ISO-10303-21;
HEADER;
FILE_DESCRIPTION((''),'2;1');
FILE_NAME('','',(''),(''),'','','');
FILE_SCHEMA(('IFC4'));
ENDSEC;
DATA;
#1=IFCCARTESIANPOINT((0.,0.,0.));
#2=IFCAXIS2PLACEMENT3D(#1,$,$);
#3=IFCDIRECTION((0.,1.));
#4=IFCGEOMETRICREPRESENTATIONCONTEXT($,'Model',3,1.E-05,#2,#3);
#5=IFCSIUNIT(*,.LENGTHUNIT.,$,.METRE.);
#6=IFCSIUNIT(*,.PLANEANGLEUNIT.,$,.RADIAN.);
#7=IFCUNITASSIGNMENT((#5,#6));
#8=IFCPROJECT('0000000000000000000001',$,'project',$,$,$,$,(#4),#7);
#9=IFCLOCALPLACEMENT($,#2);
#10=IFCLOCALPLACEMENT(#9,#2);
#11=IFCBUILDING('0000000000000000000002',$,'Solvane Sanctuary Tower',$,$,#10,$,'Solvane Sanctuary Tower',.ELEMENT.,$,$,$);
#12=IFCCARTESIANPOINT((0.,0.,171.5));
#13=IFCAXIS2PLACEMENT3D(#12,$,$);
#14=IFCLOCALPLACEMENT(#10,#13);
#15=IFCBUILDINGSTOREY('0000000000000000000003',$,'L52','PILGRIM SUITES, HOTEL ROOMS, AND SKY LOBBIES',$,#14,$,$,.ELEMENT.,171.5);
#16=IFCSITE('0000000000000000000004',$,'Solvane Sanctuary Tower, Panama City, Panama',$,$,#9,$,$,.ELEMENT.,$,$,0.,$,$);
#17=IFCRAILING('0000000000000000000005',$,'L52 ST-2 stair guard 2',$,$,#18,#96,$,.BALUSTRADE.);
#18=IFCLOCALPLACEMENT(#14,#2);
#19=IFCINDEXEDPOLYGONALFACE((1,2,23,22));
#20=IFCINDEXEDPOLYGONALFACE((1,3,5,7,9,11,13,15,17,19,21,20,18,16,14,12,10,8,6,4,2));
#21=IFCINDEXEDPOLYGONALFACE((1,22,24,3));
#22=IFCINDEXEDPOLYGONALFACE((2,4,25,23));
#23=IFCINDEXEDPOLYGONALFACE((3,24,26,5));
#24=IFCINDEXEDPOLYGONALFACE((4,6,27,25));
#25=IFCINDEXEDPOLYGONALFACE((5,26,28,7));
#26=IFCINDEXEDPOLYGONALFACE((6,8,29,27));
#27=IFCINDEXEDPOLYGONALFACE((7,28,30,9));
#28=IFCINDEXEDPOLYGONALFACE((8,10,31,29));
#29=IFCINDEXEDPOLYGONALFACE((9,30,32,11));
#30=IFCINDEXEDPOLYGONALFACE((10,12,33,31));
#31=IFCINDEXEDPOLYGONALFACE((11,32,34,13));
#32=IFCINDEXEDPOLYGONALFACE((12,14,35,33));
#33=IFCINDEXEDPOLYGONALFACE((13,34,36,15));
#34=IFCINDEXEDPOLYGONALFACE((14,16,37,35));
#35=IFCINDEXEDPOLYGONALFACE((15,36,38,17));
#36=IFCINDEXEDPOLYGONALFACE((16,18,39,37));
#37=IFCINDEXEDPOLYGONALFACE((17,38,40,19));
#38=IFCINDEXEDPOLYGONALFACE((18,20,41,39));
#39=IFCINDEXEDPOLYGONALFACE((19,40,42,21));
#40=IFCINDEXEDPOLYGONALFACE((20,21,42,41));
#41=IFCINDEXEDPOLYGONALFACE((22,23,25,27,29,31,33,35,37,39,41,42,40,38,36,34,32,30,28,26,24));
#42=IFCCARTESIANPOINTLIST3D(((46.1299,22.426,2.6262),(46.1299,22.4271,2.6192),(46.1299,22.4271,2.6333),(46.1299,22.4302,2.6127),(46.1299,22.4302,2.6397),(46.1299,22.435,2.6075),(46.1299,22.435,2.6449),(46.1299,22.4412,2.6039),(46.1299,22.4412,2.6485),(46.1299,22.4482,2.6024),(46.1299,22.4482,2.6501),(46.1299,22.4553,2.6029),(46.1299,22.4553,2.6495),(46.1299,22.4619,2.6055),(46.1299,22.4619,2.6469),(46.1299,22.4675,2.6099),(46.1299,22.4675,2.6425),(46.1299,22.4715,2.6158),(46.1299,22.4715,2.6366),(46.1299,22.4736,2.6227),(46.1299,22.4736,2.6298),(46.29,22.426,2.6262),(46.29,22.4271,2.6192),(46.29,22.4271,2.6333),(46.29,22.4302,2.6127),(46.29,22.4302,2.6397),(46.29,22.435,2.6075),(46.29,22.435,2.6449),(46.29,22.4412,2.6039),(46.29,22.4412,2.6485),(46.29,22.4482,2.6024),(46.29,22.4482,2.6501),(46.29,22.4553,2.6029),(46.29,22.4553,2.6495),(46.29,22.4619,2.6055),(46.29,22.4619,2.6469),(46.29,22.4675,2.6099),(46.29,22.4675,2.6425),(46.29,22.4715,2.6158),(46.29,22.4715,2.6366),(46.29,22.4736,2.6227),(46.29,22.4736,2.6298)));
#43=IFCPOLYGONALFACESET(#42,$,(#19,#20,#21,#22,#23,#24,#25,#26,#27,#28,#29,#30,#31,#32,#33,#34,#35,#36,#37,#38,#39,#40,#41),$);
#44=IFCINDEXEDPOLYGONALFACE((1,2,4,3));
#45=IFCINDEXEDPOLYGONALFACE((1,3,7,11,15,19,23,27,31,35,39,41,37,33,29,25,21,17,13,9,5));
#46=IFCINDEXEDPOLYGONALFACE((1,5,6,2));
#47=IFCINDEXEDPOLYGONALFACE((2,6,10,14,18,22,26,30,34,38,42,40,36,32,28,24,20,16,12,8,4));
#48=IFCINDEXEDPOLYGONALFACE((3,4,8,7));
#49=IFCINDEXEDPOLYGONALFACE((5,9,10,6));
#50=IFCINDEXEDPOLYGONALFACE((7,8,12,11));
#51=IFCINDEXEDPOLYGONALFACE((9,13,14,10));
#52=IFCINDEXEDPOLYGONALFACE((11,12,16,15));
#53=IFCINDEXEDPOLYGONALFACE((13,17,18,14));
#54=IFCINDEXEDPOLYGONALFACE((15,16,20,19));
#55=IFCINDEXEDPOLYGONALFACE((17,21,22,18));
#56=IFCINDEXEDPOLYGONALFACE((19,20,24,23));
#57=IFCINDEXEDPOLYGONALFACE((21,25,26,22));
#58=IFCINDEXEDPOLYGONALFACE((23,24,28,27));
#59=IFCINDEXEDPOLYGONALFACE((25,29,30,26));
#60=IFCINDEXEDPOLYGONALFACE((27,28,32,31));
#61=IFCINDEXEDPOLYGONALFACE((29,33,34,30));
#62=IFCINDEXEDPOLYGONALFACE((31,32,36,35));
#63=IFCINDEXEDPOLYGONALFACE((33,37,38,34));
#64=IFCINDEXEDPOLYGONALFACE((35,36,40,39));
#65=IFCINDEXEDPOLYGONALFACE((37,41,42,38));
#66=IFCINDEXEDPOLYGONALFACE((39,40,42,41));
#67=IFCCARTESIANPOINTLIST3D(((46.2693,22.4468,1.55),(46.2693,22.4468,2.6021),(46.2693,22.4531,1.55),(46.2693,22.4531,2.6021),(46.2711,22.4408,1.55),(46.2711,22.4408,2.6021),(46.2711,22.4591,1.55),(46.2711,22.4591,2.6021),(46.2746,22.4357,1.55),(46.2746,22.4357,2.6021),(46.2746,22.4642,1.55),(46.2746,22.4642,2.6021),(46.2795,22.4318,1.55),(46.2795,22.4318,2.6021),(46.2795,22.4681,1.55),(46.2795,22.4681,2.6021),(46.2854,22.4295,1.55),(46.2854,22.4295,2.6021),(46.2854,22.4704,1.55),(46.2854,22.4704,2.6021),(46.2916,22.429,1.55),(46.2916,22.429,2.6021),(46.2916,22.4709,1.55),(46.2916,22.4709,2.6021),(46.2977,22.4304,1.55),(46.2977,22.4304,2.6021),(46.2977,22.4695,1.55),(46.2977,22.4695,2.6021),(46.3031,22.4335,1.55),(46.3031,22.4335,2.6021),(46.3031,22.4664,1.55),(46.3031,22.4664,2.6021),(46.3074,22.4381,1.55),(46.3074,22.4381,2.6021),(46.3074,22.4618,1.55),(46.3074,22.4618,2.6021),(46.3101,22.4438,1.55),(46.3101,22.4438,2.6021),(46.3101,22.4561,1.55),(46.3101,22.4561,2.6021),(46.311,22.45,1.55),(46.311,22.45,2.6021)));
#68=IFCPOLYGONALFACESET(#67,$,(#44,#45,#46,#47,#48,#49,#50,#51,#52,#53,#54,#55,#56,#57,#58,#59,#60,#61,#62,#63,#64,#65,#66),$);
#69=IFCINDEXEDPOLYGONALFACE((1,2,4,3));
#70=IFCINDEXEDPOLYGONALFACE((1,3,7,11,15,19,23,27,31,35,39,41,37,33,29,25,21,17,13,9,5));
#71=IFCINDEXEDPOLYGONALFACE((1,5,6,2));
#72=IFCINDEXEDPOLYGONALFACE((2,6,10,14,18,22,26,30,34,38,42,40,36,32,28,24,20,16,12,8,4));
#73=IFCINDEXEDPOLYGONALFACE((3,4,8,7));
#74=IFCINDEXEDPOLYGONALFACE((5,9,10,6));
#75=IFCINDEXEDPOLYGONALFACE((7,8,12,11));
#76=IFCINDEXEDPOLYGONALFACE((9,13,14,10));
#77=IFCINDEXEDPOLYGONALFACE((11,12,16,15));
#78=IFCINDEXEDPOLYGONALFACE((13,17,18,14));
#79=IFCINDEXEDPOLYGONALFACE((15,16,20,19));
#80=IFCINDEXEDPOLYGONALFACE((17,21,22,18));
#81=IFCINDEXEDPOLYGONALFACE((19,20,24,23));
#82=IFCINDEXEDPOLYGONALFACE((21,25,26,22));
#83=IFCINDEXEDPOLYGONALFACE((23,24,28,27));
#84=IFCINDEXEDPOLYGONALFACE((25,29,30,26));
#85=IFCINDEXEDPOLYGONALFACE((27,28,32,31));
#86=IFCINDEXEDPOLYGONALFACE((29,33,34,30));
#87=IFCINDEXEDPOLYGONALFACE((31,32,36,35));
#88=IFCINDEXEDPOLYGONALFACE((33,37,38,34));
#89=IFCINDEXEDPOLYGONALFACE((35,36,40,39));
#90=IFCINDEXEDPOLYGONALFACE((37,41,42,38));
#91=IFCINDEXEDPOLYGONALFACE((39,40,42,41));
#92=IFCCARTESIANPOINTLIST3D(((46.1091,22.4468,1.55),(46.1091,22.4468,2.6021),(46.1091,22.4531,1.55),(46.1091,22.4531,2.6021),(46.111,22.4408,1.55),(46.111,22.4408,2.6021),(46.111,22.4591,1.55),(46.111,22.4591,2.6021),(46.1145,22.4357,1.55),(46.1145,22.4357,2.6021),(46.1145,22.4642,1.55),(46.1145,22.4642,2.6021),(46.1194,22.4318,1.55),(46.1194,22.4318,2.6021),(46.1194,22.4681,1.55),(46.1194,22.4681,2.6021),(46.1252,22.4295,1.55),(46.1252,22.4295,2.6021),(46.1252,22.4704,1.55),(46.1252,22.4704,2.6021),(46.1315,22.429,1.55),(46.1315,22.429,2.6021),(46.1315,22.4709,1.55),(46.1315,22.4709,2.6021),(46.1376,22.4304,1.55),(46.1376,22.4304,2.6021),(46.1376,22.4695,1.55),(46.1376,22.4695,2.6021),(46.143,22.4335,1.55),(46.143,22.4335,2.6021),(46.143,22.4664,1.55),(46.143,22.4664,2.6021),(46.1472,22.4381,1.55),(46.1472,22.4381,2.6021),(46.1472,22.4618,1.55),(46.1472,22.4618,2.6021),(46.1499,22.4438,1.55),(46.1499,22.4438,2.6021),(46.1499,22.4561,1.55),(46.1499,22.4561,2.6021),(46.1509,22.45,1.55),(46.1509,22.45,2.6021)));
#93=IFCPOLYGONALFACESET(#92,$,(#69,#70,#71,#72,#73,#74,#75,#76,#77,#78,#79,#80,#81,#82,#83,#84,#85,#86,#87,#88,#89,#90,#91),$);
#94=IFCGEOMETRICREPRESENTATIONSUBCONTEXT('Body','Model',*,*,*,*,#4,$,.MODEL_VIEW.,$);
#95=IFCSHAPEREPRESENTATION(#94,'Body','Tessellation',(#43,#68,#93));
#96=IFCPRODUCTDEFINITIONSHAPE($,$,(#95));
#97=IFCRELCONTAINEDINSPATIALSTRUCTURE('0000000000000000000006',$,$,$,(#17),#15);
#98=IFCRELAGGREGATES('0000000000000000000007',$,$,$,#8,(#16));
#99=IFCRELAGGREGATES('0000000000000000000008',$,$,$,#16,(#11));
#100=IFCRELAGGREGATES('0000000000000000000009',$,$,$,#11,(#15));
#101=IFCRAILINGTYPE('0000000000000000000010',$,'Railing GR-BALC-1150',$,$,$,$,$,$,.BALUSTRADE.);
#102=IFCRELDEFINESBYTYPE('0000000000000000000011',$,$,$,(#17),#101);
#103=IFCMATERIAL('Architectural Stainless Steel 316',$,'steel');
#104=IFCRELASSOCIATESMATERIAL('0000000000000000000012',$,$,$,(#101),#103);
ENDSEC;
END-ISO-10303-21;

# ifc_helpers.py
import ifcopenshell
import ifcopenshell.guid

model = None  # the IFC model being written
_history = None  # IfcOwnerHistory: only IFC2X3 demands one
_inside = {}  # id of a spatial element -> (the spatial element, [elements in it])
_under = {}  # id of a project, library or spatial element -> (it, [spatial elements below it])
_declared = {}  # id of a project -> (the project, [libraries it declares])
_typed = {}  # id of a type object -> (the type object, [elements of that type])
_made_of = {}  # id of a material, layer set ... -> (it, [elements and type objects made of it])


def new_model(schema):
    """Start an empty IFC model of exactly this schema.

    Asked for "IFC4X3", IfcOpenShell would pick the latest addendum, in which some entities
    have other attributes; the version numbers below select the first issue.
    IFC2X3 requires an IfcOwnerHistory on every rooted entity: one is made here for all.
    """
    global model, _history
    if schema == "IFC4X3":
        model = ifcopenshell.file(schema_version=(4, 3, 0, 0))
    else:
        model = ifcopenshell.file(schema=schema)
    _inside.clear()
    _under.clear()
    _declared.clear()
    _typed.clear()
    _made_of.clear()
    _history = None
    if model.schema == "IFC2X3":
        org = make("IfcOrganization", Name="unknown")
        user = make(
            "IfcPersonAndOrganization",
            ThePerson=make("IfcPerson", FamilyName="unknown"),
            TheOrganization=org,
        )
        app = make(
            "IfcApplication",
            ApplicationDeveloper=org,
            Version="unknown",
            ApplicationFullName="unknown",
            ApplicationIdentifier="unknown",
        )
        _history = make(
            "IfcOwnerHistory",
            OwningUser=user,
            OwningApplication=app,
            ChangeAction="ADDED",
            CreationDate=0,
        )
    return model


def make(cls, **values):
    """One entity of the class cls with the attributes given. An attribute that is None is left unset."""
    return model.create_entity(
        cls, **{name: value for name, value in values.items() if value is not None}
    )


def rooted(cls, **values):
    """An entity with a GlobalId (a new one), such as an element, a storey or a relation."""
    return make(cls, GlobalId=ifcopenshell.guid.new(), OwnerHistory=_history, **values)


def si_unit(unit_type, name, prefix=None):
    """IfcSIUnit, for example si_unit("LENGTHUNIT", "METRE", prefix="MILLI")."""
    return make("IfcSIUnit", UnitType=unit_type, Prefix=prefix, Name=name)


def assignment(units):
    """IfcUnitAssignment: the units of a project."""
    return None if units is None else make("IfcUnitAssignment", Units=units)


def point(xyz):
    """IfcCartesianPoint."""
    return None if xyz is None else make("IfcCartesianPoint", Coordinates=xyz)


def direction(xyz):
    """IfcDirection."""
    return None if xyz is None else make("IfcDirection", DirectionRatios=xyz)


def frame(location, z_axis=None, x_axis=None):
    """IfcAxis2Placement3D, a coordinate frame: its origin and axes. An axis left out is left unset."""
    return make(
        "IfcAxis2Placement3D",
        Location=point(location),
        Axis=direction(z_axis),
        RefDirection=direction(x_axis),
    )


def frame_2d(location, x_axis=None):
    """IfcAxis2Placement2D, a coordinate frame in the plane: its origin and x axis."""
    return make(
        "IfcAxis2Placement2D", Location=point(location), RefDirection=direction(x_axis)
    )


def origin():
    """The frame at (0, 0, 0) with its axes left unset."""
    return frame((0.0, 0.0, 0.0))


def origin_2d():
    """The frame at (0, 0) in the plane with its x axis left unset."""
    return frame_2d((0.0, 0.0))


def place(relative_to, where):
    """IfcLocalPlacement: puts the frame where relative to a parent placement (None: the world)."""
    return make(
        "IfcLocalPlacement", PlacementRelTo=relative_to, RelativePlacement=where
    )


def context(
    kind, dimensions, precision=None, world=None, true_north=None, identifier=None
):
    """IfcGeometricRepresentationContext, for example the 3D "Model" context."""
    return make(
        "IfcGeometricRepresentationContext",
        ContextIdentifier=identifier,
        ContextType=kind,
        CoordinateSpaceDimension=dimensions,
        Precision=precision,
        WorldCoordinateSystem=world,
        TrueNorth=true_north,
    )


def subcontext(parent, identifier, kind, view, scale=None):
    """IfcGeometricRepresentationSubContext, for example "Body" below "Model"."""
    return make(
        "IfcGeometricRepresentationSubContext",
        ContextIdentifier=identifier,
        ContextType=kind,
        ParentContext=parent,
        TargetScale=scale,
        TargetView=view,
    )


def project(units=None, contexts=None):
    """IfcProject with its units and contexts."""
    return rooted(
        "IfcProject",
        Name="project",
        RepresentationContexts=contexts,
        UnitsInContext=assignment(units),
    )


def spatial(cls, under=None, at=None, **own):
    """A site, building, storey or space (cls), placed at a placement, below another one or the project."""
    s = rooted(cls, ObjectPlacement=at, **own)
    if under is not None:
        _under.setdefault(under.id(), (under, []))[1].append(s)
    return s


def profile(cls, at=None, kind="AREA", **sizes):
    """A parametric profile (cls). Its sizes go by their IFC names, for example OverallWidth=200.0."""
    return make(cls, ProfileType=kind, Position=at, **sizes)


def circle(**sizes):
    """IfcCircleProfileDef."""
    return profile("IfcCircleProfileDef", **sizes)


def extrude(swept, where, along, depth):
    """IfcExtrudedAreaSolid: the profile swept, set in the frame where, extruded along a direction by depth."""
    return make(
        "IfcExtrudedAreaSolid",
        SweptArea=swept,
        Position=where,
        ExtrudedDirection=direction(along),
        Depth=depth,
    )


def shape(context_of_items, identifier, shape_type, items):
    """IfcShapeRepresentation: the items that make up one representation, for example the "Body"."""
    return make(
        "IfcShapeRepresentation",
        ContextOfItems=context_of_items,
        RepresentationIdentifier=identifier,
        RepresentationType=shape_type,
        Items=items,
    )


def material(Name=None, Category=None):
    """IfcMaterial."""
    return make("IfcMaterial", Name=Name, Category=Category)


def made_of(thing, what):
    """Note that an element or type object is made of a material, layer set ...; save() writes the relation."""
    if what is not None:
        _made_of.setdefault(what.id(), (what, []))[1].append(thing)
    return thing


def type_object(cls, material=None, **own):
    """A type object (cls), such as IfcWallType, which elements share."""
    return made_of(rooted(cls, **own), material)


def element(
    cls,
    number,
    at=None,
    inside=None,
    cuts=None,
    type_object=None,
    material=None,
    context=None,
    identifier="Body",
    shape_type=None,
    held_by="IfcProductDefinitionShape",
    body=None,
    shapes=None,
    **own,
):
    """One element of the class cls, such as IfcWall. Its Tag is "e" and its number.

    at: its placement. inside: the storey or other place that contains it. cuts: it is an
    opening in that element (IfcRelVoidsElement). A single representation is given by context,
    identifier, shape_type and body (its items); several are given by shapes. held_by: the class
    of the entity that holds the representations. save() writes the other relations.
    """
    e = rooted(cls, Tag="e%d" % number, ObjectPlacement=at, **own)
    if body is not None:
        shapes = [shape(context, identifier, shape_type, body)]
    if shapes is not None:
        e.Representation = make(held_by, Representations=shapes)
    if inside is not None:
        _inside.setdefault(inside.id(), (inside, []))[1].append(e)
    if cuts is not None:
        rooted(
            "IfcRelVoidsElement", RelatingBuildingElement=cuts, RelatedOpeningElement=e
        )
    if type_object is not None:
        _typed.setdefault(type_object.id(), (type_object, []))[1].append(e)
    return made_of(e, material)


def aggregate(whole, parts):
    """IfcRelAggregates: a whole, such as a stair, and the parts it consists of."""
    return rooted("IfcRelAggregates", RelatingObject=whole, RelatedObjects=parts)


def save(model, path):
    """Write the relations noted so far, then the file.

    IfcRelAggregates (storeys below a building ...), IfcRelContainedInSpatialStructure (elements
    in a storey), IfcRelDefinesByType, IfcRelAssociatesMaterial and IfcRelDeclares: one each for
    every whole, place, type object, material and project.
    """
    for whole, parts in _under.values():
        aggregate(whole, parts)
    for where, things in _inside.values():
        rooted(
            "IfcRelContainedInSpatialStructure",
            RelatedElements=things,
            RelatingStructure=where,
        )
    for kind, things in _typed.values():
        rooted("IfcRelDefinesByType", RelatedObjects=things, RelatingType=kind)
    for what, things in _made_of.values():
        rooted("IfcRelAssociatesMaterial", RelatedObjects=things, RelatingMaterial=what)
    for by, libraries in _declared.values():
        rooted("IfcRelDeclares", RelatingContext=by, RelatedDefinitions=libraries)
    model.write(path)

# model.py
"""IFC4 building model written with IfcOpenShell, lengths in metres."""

from ifc_helpers import new_model, si_unit, direction, frame, origin, origin_2d, place, context, subcontext, project, spatial, circle, extrude, material, type_object, element, save


model = new_model("IFC4")

# Units and contexts
model_context = context("Model", 3, precision=1e-05, world=origin(), true_north=direction((0.0, 1.0)))
body_context = subcontext(model_context, "Body", "Model", "MODEL_VIEW")
ifc_project = project(units=[si_unit("LENGTHUNIT", "METRE"), si_unit("PLANEANGLEUNIT", "RADIAN")], contexts=[model_context])

# Site, building, storey
site_placement = place(None, origin())
site = spatial("IfcSite", under=ifc_project, at=site_placement, Name="Solvane Sanctuary Tower, Panama City, Panama", CompositionType="ELEMENT", RefElevation=0.0)
building_placement = place(site_placement, origin())
building = spatial("IfcBuilding", under=site, at=building_placement, Name="Solvane Sanctuary Tower", LongName="Solvane Sanctuary Tower", CompositionType="ELEMENT")
storey_placement = place(building_placement, frame((0.0, 0.0, 171.5)))
storey = spatial("IfcBuildingStorey", under=building, at=storey_placement, Name="L52", Description="PILGRIM SUITES, HOTEL ROOMS, AND SKY LOBBIES", CompositionType="ELEMENT", Elevation=171.5)

# Shared definitions
ifc_material_1 = material(Name="Architectural Stainless Steel 316", Category="steel")

# Railing
railing_type_1 = type_object("IfcRailingType", Name="Railing GR-BALC-1150", PredefinedType="BALUSTRADE", material=ifc_material_1)
railing_1_placement = place(storey_placement, frame((46.29, 22.45, 1.55)))
element("IfcRailing", 1, at=railing_1_placement, inside=storey, type_object=railing_type_1, Name="L52 ST-2 stair guard 2", PredefinedType="BALUSTRADE", context=body_context, shape_type="SweptSolid", body=[
    extrude(circle(Radius=0.0239, at=origin_2d()), frame((0.0, 0.0, 1.0762), z_axis=(-1.0, 0.0, 0.0), x_axis=(0.0, -1.0, 0.0)), (0.0, 0.0, 1.0), 0.1602),
    extrude(circle(Radius=0.021, at=origin_2d()), origin(), (0.0, 0.0, 1.0), 1.052),
    extrude(circle(Radius=0.021, at=origin_2d()), frame((-0.1602, 0.0, 0.0)), (0.0, 0.0, 1.0), 1.052),
])

save(model, "model.ifc")
